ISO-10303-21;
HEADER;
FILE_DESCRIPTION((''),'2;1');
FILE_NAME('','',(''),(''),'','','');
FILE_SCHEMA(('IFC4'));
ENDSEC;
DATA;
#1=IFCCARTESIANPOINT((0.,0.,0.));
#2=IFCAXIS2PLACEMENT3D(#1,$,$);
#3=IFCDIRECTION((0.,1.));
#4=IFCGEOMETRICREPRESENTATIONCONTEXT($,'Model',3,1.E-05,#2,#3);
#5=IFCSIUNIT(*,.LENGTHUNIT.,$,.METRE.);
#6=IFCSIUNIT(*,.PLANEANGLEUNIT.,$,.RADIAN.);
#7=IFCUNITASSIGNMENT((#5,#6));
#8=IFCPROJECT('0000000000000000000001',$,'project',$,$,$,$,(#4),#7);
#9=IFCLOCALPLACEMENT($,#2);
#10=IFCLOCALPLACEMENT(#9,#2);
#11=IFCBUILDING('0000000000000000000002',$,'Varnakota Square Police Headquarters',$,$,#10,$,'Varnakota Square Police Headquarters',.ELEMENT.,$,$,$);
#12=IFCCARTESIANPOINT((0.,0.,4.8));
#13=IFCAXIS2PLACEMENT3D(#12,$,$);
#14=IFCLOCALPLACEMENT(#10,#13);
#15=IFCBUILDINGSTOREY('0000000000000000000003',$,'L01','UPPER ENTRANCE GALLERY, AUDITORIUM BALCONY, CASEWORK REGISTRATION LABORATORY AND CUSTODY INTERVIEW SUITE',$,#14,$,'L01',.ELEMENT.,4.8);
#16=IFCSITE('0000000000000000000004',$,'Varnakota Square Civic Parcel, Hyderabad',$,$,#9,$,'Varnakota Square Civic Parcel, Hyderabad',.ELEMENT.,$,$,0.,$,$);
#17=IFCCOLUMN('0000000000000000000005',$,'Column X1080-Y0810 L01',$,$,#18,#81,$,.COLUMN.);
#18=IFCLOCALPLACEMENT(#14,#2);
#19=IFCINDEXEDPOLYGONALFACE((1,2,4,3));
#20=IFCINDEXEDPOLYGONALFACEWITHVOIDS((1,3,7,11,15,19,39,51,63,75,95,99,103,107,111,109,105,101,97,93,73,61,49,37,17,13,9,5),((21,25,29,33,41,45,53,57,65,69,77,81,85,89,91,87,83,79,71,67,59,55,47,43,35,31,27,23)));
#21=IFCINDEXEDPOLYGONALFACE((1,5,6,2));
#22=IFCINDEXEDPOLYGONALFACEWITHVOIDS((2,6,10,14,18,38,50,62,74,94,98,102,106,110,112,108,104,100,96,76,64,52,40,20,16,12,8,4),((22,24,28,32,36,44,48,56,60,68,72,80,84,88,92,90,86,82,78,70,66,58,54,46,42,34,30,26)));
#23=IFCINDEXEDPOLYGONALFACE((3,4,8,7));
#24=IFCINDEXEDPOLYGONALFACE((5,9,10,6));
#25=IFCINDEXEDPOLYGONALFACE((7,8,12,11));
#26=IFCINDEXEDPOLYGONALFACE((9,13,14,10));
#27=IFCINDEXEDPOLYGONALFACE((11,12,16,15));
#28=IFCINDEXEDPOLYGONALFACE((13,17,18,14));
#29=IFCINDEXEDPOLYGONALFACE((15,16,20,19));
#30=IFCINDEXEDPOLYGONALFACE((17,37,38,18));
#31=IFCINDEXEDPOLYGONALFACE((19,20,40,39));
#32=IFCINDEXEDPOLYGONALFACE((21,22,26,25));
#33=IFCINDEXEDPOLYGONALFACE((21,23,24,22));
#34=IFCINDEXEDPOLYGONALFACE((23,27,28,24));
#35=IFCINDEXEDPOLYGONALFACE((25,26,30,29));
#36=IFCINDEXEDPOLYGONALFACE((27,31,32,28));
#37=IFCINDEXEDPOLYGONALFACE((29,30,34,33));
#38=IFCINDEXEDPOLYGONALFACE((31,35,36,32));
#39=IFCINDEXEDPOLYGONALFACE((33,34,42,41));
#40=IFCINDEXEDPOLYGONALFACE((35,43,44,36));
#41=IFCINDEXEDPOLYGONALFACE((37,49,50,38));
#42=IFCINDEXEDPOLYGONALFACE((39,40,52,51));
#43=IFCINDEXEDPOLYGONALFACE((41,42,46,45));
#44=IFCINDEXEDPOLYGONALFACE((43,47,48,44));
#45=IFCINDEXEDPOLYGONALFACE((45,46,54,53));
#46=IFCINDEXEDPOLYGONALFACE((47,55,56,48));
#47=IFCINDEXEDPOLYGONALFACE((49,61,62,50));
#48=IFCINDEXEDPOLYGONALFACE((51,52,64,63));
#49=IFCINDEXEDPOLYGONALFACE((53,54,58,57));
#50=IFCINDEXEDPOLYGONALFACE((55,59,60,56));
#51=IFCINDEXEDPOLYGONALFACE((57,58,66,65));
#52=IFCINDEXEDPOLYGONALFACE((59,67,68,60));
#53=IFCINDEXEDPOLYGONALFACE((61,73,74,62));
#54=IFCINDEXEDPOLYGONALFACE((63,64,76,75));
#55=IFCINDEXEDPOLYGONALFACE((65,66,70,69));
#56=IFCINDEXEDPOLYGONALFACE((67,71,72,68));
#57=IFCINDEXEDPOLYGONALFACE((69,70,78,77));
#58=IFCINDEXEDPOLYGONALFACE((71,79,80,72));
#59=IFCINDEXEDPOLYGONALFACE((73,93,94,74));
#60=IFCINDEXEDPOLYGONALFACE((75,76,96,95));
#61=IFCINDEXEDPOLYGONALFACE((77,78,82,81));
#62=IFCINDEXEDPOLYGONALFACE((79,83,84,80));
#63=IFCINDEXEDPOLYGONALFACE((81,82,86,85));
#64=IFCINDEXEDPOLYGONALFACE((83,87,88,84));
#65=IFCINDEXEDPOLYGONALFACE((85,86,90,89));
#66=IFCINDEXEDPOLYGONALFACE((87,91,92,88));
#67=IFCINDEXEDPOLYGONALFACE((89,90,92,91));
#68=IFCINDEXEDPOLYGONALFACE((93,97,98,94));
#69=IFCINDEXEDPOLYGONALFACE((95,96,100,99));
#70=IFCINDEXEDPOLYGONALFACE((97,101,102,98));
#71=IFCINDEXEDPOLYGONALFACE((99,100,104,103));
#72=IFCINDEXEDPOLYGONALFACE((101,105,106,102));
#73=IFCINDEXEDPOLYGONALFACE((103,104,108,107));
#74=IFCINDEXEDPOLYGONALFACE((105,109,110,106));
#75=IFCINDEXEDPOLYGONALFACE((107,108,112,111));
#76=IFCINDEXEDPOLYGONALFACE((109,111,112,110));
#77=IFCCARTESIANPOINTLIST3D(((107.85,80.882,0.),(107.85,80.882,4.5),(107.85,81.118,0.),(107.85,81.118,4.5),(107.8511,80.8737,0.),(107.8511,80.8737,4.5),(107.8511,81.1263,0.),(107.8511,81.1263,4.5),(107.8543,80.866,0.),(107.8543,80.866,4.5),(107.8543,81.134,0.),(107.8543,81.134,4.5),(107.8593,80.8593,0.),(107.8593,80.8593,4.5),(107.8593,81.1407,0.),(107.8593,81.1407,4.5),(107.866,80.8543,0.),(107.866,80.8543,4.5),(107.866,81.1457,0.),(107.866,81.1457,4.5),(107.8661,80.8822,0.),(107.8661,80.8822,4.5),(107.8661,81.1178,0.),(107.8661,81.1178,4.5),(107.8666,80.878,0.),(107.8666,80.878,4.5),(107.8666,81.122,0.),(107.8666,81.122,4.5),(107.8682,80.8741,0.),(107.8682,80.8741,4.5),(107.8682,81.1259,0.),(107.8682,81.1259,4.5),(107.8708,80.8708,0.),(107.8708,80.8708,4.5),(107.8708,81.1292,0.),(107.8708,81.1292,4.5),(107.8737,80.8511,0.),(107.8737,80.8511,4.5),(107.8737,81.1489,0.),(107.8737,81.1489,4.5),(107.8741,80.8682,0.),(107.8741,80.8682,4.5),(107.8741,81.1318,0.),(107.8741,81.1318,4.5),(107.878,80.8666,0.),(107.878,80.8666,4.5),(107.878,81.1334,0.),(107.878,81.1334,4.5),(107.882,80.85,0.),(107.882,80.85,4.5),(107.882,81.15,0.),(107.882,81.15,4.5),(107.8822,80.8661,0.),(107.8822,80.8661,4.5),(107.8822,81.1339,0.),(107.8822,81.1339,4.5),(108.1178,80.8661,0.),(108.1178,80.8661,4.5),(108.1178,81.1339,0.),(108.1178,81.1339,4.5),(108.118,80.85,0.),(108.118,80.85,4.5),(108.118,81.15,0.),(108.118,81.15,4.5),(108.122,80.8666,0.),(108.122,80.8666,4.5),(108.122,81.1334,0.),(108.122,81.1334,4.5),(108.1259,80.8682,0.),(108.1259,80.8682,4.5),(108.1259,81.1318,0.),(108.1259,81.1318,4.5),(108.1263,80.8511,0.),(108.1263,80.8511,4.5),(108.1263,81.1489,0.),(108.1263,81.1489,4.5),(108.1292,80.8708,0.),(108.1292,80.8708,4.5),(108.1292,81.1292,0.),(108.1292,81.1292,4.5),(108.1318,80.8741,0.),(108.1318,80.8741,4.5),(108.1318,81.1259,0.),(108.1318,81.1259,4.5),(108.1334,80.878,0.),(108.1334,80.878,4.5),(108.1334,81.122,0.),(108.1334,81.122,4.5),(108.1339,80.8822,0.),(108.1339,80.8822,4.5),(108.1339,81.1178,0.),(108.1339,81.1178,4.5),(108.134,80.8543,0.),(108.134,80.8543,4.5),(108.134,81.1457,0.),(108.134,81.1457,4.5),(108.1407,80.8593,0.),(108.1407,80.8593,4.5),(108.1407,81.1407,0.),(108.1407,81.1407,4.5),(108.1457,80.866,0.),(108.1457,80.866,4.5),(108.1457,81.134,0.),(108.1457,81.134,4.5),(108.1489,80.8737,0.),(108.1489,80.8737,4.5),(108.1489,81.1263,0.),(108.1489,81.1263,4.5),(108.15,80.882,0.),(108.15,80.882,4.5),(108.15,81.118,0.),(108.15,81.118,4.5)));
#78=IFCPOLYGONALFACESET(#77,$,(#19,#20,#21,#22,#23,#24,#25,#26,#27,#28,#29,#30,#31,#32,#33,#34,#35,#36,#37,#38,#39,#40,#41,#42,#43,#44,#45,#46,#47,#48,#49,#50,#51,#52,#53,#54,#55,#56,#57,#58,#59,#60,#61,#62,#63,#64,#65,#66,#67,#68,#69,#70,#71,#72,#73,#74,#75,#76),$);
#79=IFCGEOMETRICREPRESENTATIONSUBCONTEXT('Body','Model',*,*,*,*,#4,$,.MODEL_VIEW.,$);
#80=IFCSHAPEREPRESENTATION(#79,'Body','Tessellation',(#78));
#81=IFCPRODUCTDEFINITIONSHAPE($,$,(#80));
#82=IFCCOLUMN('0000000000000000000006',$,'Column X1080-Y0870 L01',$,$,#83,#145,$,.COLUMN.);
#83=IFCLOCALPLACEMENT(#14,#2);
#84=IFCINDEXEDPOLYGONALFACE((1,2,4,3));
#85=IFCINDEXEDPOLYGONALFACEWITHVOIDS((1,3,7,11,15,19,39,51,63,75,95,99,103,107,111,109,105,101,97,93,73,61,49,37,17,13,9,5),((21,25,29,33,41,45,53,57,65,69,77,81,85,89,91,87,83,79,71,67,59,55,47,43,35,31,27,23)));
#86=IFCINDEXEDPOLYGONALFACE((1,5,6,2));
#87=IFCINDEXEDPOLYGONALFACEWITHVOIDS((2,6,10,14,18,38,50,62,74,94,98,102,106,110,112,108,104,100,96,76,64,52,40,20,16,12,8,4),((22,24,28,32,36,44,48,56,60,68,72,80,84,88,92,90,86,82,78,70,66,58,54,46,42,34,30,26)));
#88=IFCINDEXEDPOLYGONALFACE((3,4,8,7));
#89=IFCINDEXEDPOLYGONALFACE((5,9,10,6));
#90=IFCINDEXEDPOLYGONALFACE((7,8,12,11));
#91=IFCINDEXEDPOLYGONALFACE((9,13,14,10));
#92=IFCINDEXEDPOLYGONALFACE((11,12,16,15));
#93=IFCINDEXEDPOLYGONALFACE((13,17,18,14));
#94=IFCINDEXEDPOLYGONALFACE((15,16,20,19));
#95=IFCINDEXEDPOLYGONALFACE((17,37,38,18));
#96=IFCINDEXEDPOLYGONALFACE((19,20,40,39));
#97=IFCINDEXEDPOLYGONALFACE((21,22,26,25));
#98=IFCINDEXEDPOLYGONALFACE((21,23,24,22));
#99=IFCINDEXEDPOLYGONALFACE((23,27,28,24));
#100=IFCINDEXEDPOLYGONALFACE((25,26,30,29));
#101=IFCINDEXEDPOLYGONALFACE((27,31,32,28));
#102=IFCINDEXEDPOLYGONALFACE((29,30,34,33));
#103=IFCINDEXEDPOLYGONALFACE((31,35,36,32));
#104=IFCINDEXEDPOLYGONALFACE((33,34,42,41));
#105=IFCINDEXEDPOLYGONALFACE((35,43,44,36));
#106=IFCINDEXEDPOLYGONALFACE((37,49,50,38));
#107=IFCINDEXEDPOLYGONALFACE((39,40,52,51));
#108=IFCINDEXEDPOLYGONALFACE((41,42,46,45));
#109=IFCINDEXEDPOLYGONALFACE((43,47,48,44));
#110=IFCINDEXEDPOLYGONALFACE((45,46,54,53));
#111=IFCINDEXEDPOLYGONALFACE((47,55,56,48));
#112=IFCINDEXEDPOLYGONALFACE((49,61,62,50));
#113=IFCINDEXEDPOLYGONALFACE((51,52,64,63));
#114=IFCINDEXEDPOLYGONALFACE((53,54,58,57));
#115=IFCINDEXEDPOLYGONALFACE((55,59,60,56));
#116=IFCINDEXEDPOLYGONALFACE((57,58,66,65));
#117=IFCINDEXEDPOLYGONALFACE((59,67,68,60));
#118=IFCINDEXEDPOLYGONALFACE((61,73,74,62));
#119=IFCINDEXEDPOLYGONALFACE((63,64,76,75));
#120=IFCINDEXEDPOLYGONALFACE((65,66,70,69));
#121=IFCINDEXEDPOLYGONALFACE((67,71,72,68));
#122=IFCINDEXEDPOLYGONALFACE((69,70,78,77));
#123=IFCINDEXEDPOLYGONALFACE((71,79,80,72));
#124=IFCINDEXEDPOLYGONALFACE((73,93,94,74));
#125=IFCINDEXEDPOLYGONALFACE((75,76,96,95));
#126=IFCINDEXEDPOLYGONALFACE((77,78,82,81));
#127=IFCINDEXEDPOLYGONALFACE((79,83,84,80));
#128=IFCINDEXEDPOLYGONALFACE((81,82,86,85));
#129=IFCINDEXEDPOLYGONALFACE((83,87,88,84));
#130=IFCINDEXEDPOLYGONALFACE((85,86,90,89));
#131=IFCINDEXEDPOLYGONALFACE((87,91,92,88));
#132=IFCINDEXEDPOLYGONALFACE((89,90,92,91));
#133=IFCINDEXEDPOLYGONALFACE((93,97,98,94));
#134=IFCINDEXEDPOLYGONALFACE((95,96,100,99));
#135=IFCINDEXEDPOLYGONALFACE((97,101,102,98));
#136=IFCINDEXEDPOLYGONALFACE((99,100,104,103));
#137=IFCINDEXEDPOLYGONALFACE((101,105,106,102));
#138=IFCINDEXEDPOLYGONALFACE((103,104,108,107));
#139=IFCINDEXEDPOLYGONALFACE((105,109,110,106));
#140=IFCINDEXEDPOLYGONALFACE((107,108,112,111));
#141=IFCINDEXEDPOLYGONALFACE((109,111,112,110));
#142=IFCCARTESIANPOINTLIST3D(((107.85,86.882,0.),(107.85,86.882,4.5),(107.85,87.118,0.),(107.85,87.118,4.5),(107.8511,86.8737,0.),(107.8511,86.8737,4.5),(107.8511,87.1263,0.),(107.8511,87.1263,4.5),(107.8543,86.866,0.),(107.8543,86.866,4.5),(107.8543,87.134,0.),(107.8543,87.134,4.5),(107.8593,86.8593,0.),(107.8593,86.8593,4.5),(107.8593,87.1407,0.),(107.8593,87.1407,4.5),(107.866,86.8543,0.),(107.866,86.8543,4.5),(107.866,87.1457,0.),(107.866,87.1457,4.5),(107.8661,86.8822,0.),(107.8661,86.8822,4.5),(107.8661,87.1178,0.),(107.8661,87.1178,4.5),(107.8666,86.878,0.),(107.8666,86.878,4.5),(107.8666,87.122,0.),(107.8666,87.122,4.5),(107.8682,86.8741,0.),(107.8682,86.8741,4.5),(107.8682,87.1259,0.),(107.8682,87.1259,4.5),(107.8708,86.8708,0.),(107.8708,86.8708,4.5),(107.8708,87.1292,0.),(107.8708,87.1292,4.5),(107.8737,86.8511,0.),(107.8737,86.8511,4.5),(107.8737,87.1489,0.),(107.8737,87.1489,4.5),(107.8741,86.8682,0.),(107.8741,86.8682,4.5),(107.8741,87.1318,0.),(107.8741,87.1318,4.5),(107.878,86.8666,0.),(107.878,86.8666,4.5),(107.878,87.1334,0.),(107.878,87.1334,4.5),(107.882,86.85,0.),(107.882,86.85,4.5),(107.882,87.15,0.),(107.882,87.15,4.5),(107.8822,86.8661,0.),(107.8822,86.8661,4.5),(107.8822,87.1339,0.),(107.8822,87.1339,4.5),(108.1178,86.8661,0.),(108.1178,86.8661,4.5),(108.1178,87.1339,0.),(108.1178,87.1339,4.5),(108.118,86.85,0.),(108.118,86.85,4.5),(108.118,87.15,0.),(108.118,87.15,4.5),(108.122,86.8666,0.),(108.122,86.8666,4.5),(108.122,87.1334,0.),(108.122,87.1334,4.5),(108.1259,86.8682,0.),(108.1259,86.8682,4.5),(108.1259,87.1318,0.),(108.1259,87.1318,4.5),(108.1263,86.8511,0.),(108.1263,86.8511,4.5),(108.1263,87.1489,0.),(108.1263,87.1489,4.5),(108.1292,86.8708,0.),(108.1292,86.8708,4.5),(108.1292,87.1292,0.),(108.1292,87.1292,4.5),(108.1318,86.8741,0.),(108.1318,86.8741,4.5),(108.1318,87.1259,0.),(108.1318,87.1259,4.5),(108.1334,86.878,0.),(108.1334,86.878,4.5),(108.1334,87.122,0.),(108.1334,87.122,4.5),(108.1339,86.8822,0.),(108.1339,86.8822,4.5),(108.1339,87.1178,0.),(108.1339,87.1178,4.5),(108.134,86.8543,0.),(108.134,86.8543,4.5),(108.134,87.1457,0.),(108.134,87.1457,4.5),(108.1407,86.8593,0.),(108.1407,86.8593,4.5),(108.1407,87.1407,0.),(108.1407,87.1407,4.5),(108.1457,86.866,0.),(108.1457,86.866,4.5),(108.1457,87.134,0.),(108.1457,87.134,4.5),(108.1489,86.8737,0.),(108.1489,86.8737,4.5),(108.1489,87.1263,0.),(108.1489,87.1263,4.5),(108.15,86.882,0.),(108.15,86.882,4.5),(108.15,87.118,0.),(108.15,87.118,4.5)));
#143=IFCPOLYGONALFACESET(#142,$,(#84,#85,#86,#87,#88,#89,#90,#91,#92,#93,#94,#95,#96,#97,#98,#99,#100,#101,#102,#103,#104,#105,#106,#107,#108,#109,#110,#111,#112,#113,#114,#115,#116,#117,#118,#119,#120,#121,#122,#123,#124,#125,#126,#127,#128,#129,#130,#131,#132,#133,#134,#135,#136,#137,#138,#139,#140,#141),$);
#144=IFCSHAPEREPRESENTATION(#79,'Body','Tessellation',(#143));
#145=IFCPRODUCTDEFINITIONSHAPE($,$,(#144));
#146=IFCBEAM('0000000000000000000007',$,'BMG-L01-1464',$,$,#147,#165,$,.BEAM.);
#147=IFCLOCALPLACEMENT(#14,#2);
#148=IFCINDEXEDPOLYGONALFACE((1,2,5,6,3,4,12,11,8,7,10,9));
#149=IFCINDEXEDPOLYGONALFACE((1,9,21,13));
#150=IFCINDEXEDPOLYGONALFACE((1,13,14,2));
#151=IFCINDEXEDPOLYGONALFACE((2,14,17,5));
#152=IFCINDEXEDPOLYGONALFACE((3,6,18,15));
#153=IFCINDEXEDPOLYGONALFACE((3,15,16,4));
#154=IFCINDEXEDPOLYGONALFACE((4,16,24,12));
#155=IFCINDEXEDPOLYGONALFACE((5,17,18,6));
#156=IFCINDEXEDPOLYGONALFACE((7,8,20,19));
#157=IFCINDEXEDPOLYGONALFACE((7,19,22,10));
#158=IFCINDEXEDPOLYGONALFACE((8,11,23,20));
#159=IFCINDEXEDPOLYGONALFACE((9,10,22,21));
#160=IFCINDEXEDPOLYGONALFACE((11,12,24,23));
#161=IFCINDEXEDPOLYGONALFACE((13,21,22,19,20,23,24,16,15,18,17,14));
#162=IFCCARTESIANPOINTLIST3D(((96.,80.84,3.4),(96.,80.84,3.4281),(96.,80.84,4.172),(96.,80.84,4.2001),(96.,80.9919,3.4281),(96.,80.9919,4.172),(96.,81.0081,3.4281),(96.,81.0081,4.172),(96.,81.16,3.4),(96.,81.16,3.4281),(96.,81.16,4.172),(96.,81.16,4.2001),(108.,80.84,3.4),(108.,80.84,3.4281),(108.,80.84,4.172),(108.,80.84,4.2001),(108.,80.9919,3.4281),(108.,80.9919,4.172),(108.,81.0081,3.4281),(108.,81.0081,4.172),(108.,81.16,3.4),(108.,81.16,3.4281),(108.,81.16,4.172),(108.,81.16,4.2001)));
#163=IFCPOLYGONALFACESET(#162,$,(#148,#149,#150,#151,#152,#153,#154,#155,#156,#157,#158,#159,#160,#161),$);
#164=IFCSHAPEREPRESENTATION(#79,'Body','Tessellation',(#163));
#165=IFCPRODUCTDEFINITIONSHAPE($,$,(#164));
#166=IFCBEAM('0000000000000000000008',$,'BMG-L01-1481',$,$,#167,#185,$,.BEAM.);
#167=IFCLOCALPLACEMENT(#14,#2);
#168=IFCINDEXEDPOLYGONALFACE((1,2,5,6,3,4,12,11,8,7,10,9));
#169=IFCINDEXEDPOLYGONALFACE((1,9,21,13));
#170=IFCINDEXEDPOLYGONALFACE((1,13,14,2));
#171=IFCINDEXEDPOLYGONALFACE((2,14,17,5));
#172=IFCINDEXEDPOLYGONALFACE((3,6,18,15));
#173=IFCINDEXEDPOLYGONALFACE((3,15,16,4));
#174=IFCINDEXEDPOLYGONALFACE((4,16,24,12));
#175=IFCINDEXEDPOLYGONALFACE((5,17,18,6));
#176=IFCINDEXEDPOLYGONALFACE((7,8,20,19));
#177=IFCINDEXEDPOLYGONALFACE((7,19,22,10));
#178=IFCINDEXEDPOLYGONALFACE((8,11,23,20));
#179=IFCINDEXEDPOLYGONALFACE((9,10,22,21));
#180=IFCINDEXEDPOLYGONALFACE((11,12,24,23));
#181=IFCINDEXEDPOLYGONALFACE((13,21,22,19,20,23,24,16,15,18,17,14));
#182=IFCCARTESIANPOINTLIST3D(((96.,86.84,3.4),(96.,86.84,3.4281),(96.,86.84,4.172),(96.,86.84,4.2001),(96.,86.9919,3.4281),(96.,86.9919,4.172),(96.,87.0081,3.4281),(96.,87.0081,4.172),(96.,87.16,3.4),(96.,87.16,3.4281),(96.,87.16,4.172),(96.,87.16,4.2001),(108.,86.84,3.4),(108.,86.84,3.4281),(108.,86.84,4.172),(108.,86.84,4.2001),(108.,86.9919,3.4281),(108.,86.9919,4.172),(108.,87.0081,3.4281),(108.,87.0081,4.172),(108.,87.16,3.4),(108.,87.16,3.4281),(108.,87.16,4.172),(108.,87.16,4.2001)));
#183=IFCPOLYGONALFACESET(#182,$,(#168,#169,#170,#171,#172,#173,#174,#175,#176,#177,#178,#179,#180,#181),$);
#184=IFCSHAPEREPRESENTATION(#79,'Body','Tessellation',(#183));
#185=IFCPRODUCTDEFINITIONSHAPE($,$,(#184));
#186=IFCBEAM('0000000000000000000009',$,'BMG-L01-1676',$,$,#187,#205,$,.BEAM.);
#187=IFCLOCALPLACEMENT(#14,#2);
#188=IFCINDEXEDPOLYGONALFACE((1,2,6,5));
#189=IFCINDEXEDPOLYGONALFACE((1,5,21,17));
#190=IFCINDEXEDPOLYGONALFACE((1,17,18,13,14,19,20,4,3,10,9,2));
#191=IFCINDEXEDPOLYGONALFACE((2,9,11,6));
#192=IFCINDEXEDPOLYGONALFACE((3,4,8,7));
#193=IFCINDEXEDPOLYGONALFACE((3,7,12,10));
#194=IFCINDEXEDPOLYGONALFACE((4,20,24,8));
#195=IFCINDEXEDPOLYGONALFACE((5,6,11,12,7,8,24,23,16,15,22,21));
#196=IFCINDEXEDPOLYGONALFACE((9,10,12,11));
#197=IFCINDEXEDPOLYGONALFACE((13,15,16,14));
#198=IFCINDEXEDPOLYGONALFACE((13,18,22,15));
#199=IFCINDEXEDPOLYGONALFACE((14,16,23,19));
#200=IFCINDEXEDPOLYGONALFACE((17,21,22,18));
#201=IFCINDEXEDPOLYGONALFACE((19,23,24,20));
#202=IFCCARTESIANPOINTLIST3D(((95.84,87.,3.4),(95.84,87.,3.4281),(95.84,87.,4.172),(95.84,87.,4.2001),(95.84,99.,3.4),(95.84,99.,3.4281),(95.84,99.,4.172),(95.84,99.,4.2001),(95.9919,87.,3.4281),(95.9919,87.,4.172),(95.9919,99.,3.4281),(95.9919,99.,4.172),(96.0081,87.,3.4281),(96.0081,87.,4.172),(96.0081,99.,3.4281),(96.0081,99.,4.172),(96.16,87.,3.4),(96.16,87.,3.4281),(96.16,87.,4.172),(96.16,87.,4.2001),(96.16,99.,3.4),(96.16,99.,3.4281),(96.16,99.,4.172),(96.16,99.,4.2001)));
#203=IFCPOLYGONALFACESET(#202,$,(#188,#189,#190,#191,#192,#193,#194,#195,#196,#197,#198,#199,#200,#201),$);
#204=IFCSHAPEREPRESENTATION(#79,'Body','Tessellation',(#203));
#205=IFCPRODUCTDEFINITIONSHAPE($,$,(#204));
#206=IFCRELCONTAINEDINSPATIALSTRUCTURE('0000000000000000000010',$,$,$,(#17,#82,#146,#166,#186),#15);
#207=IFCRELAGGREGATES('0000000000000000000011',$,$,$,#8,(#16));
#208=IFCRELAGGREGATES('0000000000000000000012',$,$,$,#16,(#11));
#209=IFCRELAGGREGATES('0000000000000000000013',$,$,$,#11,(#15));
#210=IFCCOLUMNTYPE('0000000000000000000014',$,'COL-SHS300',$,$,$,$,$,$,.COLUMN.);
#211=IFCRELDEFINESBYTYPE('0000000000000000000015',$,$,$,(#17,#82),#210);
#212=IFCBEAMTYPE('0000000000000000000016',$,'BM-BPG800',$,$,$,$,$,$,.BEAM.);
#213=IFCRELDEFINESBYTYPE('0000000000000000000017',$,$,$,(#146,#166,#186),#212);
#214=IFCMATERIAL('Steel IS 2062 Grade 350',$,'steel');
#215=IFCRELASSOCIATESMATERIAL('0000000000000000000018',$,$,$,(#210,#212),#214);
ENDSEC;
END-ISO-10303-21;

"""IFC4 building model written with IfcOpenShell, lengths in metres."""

from ifc_helpers import new_model, si_unit, direction, frame, origin, origin_2d, place, context, subcontext, project, spatial, hollow_rectangle, i_section, extrude, material, material_profile, profile_set, type_object, element, save


model = new_model("IFC4")

# Units and contexts
model_context = context("Model", 3, precision=1e-05, world=origin(), true_north=direction((0.0, 1.0)))
body_context = subcontext(model_context, "Body", "Model", "MODEL_VIEW")
ifc_project = project(units=[si_unit("LENGTHUNIT", "METRE"), si_unit("PLANEANGLEUNIT", "RADIAN")], contexts=[model_context])

# Site, building, storey
site_placement = place(None, origin())
site = spatial("IfcSite", under=ifc_project, at=site_placement, Name="Varnakota Square Civic Parcel, Hyderabad", LongName="Varnakota Square Civic Parcel, Hyderabad", CompositionType="ELEMENT", RefElevation=0.0)
building_placement = place(site_placement, origin())
building = spatial("IfcBuilding", under=site, at=building_placement, Name="Varnakota Square Police Headquarters", LongName="Varnakota Square Police Headquarters", CompositionType="ELEMENT")
storey_placement = place(building_placement, frame((0.0, 0.0, 4.8)))
storey = spatial("IfcBuildingStorey", under=building, at=storey_placement, Name="L01", Description="UPPER ENTRANCE GALLERY, AUDITORIUM BALCONY, CASEWORK REGISTRATION LABORATORY AND CUSTODY INTERVIEW SUITE", LongName="L01", CompositionType="ELEMENT", Elevation=4.8)

# Columns
ifc_material_1 = material(Name="Steel IS 2062 Grade 350", Category="steel")
ifc_material_profile_1 = material_profile(ifc_material_1, hollow_rectangle(XDim=0.3, YDim=0.3, WallThickness=0.0161, InnerFilletRadius=0.0161, OuterFilletRadius=0.032, at=origin_2d()), Name="SHS 300x300x16")
ifc_profile_set_1 = profile_set([ifc_material_profile_1], Name="Steel IS 2062 Grade 350")
column_type_1 = type_object("IfcColumnType", Name="COL-SHS300", PredefinedType="COLUMN", material=ifc_profile_set_1)
for number, where, z_axis, x_axis, name in (
    (1, (108.0, 81.0, 0.0), (0.0, 0.0, 1.0), (1.0, 0.0, 0.0), "Column X1080-Y0810 L01"),
    (2, (108.0, 87.0, 0.0), (0.0, 0.0, 1.0), (1.0, 0.0, 0.0), "Column X1080-Y0870 L01"),
):
    element("IfcColumn", number, at=place(storey_placement, frame(where, z_axis=z_axis, x_axis=x_axis)), inside=storey, type_object=column_type_1, Name=name, PredefinedType="COLUMN", context=body_context, shape_type="SweptSolid", body=[
        extrude(hollow_rectangle(XDim=0.3, YDim=0.3, WallThickness=0.0161, InnerFilletRadius=0.0161, OuterFilletRadius=0.032, at=origin_2d()), origin(), (0.0, 0.0, 1.0), 4.5),
    ])

# Beams
ifc_material_profile_2 = material_profile(ifc_material_1, i_section(OverallWidth=0.3201, OverallDepth=0.8, WebThickness=0.0161, FlangeThickness=0.0281, at=origin_2d()), Name="BPG 800x320")
ifc_profile_set_2 = profile_set([ifc_material_profile_2], Name="Steel IS 2062 Grade 350")
beam_type_1 = type_object("IfcBeamType", Name="BM-BPG800", PredefinedType="BEAM", material=ifc_profile_set_2)
for number, where, z_axis, x_axis, name in (
    (3, (96.0, 81.0, 3.8), (1.0, 0.0, 0.0), (0.0, 1.0, 0.0), "BMG-L01-1464"),
    (4, (96.0, 87.0, 3.8), (1.0, 0.0, 0.0), (0.0, 1.0, 0.0), "BMG-L01-1481"),
    (5, (96.0, 87.0, 3.8), (0.0, 1.0, 0.0), (-1.0, 0.0, 0.0), "BMG-L01-1676"),
):
    element("IfcBeam", number, at=place(storey_placement, frame(where, z_axis=z_axis, x_axis=x_axis)), inside=storey, type_object=beam_type_1, Name=name, PredefinedType="BEAM", context=body_context, shape_type="SweptSolid", body=[
        extrude(i_section(OverallWidth=0.3201, OverallDepth=0.8, WebThickness=0.0161, FlangeThickness=0.0281, at=origin_2d()), origin(), (0.0, 0.0, 1.0), 12.0),
    ])

save(model, "model.ifc")
